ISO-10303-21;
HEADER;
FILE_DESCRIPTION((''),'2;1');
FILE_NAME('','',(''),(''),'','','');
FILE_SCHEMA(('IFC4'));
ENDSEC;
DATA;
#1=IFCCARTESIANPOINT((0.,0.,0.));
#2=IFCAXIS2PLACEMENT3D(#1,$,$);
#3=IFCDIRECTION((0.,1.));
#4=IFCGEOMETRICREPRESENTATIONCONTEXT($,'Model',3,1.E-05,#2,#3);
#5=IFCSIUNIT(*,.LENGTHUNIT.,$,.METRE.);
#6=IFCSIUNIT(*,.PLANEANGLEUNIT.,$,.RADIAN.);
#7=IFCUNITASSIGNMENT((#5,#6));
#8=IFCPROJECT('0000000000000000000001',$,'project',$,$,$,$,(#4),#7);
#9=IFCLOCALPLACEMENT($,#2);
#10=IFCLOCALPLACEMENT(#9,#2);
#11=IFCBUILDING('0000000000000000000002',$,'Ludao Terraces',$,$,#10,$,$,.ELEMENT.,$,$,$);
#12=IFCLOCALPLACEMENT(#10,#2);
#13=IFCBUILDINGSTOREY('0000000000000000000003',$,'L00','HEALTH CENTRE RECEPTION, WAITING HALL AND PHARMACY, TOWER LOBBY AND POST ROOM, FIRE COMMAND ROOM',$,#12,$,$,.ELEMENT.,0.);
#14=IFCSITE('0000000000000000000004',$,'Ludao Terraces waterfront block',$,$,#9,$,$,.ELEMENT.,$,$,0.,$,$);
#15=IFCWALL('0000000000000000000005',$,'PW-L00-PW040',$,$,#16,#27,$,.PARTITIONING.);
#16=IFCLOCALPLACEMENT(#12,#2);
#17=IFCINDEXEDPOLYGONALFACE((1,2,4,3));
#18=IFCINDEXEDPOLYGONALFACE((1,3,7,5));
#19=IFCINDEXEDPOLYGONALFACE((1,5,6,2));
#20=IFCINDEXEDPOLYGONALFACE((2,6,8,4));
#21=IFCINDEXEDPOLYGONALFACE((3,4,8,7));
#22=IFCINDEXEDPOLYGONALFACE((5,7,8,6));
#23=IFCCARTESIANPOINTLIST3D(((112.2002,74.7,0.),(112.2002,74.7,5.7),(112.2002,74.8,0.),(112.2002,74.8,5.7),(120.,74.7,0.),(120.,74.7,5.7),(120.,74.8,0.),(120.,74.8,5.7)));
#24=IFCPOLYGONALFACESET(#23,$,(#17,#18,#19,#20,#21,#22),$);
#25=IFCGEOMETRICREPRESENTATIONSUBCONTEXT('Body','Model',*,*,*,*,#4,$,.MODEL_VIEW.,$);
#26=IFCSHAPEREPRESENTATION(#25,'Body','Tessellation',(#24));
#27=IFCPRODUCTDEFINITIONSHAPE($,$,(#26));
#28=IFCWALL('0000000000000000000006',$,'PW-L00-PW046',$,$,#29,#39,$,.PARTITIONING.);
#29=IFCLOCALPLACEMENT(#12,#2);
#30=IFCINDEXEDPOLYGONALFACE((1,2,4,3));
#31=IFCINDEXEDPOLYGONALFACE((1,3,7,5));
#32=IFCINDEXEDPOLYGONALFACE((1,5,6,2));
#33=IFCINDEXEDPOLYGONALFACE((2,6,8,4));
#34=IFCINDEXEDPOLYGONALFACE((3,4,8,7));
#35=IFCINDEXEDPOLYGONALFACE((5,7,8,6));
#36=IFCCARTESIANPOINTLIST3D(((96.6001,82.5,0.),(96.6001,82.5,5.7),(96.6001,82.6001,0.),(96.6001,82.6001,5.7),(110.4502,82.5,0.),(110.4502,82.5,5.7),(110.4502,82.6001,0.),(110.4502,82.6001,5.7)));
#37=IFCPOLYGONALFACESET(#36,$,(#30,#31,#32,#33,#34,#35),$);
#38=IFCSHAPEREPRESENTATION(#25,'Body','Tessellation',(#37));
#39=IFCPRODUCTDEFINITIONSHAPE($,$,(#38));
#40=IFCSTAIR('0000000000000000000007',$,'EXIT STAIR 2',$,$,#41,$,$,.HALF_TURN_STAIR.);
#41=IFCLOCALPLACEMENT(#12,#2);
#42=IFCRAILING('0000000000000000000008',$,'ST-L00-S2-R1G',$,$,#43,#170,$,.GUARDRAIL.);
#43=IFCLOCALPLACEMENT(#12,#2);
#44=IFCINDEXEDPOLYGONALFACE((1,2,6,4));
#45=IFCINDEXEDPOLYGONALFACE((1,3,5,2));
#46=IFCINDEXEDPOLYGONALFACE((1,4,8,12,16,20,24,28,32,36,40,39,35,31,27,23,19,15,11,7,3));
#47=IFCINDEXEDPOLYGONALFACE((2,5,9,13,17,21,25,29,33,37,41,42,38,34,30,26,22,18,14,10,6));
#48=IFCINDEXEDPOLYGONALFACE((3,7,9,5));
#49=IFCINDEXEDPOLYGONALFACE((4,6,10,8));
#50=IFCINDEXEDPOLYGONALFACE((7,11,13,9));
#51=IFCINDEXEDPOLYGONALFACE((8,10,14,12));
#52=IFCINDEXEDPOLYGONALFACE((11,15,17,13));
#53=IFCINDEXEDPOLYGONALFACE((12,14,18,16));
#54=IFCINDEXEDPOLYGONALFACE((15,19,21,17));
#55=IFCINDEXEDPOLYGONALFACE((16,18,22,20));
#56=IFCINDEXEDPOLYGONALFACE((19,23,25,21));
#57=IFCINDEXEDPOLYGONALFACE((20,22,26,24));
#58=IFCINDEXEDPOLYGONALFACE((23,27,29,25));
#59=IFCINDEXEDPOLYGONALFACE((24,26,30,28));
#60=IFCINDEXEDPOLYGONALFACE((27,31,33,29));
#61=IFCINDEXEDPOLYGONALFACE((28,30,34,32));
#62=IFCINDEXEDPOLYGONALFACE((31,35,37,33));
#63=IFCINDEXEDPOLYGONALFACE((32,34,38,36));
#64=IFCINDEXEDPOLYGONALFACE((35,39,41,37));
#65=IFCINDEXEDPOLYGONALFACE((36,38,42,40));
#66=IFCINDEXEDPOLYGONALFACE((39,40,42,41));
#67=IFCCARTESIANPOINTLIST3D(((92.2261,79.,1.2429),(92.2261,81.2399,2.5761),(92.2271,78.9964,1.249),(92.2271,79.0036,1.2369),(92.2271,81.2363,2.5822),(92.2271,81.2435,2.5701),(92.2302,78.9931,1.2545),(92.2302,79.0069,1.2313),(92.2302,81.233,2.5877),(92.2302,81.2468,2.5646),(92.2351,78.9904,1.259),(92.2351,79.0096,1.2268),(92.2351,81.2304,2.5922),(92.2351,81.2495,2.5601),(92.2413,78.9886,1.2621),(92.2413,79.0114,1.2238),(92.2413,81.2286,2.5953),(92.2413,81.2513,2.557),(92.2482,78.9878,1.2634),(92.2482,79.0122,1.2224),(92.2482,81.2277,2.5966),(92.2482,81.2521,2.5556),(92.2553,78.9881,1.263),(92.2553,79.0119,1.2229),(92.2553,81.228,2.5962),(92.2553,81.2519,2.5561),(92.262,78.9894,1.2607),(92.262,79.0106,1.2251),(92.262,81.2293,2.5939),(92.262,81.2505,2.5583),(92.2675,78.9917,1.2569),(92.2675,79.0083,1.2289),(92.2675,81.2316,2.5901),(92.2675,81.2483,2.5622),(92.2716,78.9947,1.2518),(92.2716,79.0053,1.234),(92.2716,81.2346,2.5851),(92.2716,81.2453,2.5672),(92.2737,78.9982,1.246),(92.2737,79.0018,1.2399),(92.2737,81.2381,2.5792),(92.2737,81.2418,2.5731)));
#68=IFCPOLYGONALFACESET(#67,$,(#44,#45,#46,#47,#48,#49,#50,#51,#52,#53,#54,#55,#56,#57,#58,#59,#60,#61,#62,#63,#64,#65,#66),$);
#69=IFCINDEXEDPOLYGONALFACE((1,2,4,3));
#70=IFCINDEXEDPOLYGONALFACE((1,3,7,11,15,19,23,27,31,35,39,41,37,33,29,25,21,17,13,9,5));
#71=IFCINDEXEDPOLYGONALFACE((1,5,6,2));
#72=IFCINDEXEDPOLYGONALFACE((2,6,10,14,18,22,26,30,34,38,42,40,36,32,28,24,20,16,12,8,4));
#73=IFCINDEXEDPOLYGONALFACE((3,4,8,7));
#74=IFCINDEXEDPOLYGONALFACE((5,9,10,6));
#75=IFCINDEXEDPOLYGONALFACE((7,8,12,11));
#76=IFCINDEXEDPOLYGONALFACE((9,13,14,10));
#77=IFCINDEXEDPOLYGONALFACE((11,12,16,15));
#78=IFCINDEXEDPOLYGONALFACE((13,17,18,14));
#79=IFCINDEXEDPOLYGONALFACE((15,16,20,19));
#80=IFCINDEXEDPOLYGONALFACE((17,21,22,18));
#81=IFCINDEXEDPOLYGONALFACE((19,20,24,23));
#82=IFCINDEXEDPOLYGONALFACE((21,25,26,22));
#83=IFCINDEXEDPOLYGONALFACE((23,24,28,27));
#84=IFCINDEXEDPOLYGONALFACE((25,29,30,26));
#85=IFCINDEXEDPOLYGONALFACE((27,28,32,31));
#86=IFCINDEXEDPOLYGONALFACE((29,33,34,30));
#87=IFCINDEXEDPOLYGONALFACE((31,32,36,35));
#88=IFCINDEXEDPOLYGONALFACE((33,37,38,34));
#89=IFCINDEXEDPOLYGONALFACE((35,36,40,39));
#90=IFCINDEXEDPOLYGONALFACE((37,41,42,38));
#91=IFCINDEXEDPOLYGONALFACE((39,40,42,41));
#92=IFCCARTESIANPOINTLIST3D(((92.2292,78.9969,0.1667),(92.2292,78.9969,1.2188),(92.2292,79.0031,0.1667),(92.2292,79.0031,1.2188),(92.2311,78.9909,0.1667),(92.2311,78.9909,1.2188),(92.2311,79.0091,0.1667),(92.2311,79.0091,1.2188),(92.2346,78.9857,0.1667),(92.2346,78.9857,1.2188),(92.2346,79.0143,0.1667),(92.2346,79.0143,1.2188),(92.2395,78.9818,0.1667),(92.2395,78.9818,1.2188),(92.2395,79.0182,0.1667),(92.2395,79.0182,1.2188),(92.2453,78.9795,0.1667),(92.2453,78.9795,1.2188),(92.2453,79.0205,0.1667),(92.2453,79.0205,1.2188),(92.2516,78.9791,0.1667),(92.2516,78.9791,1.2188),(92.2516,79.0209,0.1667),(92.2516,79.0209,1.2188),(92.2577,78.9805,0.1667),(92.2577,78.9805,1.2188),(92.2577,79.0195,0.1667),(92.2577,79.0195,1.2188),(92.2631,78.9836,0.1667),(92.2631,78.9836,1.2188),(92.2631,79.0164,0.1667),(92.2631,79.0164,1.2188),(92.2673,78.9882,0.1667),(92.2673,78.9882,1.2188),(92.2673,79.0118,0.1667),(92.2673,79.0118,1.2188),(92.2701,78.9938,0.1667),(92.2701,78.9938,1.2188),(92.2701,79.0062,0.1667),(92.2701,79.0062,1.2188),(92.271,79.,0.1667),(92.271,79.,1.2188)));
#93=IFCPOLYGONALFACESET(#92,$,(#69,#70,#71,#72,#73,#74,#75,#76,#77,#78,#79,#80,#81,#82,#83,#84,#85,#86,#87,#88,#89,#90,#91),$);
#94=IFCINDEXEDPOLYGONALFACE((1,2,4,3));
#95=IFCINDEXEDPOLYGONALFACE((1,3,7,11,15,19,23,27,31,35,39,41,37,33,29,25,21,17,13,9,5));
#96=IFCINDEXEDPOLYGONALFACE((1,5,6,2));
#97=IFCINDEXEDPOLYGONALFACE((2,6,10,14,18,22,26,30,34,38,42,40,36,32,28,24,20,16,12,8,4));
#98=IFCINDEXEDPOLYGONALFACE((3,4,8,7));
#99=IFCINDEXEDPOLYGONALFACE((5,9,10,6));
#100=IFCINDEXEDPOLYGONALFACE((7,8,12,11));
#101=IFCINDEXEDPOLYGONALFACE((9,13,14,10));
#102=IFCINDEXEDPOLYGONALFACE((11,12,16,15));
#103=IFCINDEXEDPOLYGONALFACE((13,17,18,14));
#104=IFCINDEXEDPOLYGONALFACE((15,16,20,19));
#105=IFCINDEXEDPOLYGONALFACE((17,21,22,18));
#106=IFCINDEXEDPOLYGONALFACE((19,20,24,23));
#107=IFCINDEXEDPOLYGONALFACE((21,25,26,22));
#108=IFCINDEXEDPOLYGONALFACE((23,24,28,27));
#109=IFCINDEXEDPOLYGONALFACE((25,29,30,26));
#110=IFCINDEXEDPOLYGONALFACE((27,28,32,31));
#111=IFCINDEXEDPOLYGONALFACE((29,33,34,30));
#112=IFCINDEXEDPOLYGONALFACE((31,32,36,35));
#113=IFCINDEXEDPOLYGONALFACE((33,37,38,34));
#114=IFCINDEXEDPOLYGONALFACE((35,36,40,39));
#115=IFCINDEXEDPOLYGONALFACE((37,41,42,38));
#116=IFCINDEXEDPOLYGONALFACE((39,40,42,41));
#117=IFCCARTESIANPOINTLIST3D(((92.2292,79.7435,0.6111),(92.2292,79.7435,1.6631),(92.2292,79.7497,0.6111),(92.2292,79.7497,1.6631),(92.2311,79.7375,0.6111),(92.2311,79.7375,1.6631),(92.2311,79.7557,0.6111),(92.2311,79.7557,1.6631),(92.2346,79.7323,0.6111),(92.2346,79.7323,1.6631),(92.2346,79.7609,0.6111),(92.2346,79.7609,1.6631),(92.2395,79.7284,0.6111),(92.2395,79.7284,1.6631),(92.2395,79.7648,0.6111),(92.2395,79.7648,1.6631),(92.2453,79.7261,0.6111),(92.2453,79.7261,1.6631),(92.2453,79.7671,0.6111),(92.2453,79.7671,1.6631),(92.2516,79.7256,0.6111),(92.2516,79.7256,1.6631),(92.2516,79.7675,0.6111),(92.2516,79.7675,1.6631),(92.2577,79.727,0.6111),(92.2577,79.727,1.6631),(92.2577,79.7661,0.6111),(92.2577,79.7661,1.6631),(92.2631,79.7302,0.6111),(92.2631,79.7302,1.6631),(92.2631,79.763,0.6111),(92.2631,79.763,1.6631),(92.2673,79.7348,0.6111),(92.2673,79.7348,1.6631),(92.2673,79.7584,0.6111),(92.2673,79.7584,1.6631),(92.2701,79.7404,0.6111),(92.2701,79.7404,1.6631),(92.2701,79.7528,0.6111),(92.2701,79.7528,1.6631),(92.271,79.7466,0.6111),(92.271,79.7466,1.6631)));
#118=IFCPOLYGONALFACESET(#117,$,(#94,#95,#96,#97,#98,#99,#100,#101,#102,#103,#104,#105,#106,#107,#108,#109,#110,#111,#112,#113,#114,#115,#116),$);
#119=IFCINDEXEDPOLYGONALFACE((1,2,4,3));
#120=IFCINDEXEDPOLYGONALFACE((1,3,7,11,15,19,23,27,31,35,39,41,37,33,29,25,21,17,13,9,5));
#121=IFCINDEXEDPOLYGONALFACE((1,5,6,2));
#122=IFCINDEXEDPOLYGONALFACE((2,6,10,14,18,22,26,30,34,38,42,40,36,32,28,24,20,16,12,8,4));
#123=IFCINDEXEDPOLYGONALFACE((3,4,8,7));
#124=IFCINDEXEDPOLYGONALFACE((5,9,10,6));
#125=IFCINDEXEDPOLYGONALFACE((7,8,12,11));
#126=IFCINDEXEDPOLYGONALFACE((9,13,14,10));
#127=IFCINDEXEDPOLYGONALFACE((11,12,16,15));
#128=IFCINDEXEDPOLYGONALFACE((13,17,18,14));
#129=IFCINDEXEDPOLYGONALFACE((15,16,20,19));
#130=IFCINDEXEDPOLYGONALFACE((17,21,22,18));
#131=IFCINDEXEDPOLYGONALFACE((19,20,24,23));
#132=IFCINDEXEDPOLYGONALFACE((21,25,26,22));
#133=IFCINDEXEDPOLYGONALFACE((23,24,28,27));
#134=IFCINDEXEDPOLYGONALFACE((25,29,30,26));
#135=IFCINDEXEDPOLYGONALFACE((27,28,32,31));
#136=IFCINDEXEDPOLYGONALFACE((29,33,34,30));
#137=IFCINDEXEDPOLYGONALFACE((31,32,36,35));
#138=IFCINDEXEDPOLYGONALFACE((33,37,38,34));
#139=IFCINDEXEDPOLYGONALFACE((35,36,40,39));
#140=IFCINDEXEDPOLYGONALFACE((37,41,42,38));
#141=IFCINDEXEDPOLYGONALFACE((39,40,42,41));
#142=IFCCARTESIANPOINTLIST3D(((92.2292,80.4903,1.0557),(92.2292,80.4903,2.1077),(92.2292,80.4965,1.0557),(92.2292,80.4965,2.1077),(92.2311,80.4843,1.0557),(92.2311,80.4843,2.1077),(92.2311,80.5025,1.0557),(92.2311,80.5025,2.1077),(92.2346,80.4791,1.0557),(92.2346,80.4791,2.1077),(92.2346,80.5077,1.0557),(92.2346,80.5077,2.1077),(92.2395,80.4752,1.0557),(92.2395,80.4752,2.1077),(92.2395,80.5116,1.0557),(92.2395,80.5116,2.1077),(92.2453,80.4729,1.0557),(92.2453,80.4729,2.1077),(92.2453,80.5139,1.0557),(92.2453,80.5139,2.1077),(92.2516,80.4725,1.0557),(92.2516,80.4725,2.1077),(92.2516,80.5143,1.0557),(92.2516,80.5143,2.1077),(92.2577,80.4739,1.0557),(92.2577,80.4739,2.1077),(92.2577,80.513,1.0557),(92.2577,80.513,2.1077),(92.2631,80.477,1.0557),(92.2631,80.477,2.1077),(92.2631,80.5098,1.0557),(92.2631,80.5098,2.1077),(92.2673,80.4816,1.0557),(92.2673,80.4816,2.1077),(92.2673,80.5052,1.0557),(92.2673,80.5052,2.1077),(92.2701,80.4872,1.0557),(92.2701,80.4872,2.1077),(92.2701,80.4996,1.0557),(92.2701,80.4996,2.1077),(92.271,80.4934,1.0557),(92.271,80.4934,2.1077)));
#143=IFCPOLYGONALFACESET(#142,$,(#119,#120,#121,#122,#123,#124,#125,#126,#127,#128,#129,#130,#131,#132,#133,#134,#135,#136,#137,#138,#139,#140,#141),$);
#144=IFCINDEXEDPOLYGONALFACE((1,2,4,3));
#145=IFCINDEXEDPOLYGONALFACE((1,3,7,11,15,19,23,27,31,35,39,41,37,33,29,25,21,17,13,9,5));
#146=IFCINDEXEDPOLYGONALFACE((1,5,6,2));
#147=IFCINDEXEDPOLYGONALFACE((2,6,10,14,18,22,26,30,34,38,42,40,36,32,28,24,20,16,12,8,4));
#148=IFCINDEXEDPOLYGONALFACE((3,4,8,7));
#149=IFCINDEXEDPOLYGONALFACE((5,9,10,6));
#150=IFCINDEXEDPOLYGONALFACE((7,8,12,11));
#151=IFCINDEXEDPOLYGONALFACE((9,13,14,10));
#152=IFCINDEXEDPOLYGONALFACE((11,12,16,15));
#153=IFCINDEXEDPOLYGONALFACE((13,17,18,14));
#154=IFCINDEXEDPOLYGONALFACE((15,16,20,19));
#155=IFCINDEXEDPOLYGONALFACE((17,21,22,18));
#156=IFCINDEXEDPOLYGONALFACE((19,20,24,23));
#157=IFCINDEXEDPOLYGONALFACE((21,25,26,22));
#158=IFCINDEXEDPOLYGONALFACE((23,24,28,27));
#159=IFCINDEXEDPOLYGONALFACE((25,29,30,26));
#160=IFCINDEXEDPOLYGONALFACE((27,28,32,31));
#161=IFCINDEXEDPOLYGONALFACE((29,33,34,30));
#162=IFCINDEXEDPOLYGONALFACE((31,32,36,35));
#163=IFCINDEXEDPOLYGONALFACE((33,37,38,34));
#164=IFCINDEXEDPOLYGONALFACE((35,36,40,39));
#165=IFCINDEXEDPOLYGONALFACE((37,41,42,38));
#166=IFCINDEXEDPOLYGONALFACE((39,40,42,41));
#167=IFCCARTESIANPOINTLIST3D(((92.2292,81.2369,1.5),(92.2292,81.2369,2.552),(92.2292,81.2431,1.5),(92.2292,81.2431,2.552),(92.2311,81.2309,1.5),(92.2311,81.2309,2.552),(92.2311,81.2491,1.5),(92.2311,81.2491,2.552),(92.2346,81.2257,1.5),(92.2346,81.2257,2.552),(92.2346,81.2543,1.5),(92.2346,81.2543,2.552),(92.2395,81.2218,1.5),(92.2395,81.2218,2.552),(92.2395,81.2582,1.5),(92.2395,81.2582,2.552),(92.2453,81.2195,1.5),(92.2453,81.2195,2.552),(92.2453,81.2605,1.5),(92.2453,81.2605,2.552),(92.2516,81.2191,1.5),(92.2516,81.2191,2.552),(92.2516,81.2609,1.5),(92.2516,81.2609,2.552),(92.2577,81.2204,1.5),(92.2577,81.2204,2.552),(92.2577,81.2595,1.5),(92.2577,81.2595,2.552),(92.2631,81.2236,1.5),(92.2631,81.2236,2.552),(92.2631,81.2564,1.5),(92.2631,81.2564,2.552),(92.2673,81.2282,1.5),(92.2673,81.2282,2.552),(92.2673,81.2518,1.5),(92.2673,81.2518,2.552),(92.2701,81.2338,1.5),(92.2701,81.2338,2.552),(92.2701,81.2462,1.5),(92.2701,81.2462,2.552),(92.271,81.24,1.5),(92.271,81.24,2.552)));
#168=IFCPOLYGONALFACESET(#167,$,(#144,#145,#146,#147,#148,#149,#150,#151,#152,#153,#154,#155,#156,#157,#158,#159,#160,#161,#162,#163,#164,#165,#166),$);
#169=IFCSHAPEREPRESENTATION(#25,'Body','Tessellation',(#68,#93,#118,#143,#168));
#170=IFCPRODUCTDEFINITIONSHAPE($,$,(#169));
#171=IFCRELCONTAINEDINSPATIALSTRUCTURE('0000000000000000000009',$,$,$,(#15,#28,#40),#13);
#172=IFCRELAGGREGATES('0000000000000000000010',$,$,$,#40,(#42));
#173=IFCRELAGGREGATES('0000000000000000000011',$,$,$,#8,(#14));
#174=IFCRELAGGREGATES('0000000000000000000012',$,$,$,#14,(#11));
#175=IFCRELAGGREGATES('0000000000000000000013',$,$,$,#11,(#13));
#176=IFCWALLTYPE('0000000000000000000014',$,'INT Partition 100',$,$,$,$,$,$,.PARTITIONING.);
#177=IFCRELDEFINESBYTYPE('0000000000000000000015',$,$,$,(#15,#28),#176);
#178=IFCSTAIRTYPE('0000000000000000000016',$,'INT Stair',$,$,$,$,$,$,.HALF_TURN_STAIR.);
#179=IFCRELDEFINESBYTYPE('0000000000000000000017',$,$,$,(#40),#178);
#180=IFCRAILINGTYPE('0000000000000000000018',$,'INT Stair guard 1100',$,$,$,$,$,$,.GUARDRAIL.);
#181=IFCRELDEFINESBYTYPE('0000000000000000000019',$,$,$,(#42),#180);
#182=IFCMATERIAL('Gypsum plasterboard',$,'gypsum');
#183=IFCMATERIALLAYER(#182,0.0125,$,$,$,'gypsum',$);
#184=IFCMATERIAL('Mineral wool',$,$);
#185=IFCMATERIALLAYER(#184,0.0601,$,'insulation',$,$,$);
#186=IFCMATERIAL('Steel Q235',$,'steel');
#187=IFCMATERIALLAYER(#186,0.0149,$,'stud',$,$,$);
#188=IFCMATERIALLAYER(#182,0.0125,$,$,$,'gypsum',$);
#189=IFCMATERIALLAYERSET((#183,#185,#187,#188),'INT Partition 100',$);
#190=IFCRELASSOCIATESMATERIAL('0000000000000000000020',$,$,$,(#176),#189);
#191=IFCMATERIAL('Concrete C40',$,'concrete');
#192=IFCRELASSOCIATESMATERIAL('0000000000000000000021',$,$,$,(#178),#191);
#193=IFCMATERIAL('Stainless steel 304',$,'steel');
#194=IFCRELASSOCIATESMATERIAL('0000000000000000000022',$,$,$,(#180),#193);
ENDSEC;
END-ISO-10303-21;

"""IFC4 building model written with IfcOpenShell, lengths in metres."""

from ifc_helpers import new_model, si_unit, direction, frame, frame_2d, origin, origin_2d, place, context, subcontext, project, spatial, rectangle, circle, extrude, material, layer, layer_set, type_object, element, aggregate, save


model = new_model("IFC4")

# Units and contexts
model_context = context("Model", 3, precision=1e-05, world=origin(), true_north=direction((0.0, 1.0)))
body_context = subcontext(model_context, "Body", "Model", "MODEL_VIEW")
ifc_project = project(units=[si_unit("LENGTHUNIT", "METRE"), si_unit("PLANEANGLEUNIT", "RADIAN")], contexts=[model_context])

# Site, building, storey
site_placement = place(None, origin())
site = spatial("IfcSite", under=ifc_project, at=site_placement, Name="Ludao Terraces waterfront block", CompositionType="ELEMENT", RefElevation=0.0)
building_placement = place(site_placement, origin())
building = spatial("IfcBuilding", under=site, at=building_placement, Name="Ludao Terraces", CompositionType="ELEMENT")
storey_placement = place(building_placement, origin())
storey = spatial("IfcBuildingStorey", under=building, at=storey_placement, Name="L00", Description="HEALTH CENTRE RECEPTION, WAITING HALL AND PHARMACY, TOWER LOBBY AND POST ROOM, FIRE COMMAND ROOM", CompositionType="ELEMENT", Elevation=0.0)

# Shared definitions
ifc_material_1 = material(Name="Steel Q235", Category="steel")
ifc_material_2 = material(Name="Mineral wool")
ifc_material_3 = material(Name="Concrete C40", Category="concrete")

# Walls
ifc_material_4 = material(Name="Gypsum plasterboard", Category="gypsum")
ifc_layer_1 = layer(ifc_material_4, 0.0125, Category="gypsum")
ifc_layer_2 = layer(ifc_material_2, 0.0601, Name="insulation")
ifc_layer_3 = layer(ifc_material_1, 0.0149, Name="stud")
ifc_layer_4 = layer(ifc_material_4, 0.0125, Category="gypsum")
ifc_layer_set_1 = layer_set([ifc_layer_1, ifc_layer_2, ifc_layer_3, ifc_layer_4], Name="INT Partition 100")
wall_type_1 = type_object("IfcWallType", Name="INT Partition 100", PredefinedType="PARTITIONING", material=ifc_layer_set_1)
wall_1_placement = place(storey_placement, frame((112.2002, 74.75, 0.0), z_axis=(0.0, 0.0, 1.0), x_axis=(1.0, 0.0, 0.0)))
element("IfcWall", 1, at=wall_1_placement, inside=storey, type_object=wall_type_1, Name="PW-L00-PW040", PredefinedType="PARTITIONING", context=body_context, shape_type="SweptSolid", body=[
    extrude(rectangle(XDim=7.7998, YDim=0.1001, at=frame_2d((3.8999, 0.0))), origin(), (0.0, 0.0, 1.0), 5.7),
])
wall_2_placement = place(storey_placement, frame((96.6001, 82.55, 0.0), z_axis=(0.0, 0.0, 1.0), x_axis=(1.0, 0.0, 0.0)))
element("IfcWall", 2, at=wall_2_placement, inside=storey, type_object=wall_type_1, Name="PW-L00-PW046", PredefinedType="PARTITIONING", context=body_context, shape_type="SweptSolid", body=[
    extrude(rectangle(XDim=13.8501, YDim=0.1001, at=frame_2d((6.925, 0.0))), origin(), (0.0, 0.0, 1.0), 5.7),
])

# Stair, railing
stair_type = type_object("IfcStairType", Name="INT Stair", PredefinedType="HALF_TURN_STAIR", material=ifc_material_3)
stair_placement = place(storey_placement, origin())
stair = element("IfcStair", 3, at=stair_placement, inside=storey, type_object=stair_type, Name="EXIT STAIR 2", PredefinedType="HALF_TURN_STAIR")
ifc_material_5 = material(Name="Stainless steel 304", Category="steel")
railing_type_1 = type_object("IfcRailingType", Name="INT Stair guard 1100", PredefinedType="GUARDRAIL", material=ifc_material_5)
railing_1_placement = place(storey_placement, frame((92.25, 79.0, 0.1667)))
railing_1 = element("IfcRailing", 4, at=railing_1_placement, type_object=railing_type_1, Name="ST-L00-S2-R1G", PredefinedType="GUARDRAIL", context=body_context, shape_type="SweptSolid", body=[
    extrude(circle(Radius=0.0239, at=origin_2d()), frame((0.0, 0.0, 1.0762), z_axis=(0.0, 0.859306, 0.511462), x_axis=(-1.0, 0.0, 0.0)), (0.0, 0.0, 1.0), 2.6067),
    extrude(circle(Radius=0.021, at=origin_2d()), origin(), (0.0, 0.0, 1.0), 1.052),
    extrude(circle(Radius=0.021, at=origin_2d()), frame((0.0, 0.7466, 0.4443)), (0.0, 0.0, 1.0), 1.052),
    extrude(circle(Radius=0.021, at=origin_2d()), frame((0.0, 1.4934, 0.8889)), (0.0, 0.0, 1.0), 1.052),
    extrude(circle(Radius=0.021, at=origin_2d()), frame((0.0, 2.24, 1.3333)), (0.0, 0.0, 1.0), 1.052),
])
aggregate(stair, [railing_1])

save(model, "model.ifc")
